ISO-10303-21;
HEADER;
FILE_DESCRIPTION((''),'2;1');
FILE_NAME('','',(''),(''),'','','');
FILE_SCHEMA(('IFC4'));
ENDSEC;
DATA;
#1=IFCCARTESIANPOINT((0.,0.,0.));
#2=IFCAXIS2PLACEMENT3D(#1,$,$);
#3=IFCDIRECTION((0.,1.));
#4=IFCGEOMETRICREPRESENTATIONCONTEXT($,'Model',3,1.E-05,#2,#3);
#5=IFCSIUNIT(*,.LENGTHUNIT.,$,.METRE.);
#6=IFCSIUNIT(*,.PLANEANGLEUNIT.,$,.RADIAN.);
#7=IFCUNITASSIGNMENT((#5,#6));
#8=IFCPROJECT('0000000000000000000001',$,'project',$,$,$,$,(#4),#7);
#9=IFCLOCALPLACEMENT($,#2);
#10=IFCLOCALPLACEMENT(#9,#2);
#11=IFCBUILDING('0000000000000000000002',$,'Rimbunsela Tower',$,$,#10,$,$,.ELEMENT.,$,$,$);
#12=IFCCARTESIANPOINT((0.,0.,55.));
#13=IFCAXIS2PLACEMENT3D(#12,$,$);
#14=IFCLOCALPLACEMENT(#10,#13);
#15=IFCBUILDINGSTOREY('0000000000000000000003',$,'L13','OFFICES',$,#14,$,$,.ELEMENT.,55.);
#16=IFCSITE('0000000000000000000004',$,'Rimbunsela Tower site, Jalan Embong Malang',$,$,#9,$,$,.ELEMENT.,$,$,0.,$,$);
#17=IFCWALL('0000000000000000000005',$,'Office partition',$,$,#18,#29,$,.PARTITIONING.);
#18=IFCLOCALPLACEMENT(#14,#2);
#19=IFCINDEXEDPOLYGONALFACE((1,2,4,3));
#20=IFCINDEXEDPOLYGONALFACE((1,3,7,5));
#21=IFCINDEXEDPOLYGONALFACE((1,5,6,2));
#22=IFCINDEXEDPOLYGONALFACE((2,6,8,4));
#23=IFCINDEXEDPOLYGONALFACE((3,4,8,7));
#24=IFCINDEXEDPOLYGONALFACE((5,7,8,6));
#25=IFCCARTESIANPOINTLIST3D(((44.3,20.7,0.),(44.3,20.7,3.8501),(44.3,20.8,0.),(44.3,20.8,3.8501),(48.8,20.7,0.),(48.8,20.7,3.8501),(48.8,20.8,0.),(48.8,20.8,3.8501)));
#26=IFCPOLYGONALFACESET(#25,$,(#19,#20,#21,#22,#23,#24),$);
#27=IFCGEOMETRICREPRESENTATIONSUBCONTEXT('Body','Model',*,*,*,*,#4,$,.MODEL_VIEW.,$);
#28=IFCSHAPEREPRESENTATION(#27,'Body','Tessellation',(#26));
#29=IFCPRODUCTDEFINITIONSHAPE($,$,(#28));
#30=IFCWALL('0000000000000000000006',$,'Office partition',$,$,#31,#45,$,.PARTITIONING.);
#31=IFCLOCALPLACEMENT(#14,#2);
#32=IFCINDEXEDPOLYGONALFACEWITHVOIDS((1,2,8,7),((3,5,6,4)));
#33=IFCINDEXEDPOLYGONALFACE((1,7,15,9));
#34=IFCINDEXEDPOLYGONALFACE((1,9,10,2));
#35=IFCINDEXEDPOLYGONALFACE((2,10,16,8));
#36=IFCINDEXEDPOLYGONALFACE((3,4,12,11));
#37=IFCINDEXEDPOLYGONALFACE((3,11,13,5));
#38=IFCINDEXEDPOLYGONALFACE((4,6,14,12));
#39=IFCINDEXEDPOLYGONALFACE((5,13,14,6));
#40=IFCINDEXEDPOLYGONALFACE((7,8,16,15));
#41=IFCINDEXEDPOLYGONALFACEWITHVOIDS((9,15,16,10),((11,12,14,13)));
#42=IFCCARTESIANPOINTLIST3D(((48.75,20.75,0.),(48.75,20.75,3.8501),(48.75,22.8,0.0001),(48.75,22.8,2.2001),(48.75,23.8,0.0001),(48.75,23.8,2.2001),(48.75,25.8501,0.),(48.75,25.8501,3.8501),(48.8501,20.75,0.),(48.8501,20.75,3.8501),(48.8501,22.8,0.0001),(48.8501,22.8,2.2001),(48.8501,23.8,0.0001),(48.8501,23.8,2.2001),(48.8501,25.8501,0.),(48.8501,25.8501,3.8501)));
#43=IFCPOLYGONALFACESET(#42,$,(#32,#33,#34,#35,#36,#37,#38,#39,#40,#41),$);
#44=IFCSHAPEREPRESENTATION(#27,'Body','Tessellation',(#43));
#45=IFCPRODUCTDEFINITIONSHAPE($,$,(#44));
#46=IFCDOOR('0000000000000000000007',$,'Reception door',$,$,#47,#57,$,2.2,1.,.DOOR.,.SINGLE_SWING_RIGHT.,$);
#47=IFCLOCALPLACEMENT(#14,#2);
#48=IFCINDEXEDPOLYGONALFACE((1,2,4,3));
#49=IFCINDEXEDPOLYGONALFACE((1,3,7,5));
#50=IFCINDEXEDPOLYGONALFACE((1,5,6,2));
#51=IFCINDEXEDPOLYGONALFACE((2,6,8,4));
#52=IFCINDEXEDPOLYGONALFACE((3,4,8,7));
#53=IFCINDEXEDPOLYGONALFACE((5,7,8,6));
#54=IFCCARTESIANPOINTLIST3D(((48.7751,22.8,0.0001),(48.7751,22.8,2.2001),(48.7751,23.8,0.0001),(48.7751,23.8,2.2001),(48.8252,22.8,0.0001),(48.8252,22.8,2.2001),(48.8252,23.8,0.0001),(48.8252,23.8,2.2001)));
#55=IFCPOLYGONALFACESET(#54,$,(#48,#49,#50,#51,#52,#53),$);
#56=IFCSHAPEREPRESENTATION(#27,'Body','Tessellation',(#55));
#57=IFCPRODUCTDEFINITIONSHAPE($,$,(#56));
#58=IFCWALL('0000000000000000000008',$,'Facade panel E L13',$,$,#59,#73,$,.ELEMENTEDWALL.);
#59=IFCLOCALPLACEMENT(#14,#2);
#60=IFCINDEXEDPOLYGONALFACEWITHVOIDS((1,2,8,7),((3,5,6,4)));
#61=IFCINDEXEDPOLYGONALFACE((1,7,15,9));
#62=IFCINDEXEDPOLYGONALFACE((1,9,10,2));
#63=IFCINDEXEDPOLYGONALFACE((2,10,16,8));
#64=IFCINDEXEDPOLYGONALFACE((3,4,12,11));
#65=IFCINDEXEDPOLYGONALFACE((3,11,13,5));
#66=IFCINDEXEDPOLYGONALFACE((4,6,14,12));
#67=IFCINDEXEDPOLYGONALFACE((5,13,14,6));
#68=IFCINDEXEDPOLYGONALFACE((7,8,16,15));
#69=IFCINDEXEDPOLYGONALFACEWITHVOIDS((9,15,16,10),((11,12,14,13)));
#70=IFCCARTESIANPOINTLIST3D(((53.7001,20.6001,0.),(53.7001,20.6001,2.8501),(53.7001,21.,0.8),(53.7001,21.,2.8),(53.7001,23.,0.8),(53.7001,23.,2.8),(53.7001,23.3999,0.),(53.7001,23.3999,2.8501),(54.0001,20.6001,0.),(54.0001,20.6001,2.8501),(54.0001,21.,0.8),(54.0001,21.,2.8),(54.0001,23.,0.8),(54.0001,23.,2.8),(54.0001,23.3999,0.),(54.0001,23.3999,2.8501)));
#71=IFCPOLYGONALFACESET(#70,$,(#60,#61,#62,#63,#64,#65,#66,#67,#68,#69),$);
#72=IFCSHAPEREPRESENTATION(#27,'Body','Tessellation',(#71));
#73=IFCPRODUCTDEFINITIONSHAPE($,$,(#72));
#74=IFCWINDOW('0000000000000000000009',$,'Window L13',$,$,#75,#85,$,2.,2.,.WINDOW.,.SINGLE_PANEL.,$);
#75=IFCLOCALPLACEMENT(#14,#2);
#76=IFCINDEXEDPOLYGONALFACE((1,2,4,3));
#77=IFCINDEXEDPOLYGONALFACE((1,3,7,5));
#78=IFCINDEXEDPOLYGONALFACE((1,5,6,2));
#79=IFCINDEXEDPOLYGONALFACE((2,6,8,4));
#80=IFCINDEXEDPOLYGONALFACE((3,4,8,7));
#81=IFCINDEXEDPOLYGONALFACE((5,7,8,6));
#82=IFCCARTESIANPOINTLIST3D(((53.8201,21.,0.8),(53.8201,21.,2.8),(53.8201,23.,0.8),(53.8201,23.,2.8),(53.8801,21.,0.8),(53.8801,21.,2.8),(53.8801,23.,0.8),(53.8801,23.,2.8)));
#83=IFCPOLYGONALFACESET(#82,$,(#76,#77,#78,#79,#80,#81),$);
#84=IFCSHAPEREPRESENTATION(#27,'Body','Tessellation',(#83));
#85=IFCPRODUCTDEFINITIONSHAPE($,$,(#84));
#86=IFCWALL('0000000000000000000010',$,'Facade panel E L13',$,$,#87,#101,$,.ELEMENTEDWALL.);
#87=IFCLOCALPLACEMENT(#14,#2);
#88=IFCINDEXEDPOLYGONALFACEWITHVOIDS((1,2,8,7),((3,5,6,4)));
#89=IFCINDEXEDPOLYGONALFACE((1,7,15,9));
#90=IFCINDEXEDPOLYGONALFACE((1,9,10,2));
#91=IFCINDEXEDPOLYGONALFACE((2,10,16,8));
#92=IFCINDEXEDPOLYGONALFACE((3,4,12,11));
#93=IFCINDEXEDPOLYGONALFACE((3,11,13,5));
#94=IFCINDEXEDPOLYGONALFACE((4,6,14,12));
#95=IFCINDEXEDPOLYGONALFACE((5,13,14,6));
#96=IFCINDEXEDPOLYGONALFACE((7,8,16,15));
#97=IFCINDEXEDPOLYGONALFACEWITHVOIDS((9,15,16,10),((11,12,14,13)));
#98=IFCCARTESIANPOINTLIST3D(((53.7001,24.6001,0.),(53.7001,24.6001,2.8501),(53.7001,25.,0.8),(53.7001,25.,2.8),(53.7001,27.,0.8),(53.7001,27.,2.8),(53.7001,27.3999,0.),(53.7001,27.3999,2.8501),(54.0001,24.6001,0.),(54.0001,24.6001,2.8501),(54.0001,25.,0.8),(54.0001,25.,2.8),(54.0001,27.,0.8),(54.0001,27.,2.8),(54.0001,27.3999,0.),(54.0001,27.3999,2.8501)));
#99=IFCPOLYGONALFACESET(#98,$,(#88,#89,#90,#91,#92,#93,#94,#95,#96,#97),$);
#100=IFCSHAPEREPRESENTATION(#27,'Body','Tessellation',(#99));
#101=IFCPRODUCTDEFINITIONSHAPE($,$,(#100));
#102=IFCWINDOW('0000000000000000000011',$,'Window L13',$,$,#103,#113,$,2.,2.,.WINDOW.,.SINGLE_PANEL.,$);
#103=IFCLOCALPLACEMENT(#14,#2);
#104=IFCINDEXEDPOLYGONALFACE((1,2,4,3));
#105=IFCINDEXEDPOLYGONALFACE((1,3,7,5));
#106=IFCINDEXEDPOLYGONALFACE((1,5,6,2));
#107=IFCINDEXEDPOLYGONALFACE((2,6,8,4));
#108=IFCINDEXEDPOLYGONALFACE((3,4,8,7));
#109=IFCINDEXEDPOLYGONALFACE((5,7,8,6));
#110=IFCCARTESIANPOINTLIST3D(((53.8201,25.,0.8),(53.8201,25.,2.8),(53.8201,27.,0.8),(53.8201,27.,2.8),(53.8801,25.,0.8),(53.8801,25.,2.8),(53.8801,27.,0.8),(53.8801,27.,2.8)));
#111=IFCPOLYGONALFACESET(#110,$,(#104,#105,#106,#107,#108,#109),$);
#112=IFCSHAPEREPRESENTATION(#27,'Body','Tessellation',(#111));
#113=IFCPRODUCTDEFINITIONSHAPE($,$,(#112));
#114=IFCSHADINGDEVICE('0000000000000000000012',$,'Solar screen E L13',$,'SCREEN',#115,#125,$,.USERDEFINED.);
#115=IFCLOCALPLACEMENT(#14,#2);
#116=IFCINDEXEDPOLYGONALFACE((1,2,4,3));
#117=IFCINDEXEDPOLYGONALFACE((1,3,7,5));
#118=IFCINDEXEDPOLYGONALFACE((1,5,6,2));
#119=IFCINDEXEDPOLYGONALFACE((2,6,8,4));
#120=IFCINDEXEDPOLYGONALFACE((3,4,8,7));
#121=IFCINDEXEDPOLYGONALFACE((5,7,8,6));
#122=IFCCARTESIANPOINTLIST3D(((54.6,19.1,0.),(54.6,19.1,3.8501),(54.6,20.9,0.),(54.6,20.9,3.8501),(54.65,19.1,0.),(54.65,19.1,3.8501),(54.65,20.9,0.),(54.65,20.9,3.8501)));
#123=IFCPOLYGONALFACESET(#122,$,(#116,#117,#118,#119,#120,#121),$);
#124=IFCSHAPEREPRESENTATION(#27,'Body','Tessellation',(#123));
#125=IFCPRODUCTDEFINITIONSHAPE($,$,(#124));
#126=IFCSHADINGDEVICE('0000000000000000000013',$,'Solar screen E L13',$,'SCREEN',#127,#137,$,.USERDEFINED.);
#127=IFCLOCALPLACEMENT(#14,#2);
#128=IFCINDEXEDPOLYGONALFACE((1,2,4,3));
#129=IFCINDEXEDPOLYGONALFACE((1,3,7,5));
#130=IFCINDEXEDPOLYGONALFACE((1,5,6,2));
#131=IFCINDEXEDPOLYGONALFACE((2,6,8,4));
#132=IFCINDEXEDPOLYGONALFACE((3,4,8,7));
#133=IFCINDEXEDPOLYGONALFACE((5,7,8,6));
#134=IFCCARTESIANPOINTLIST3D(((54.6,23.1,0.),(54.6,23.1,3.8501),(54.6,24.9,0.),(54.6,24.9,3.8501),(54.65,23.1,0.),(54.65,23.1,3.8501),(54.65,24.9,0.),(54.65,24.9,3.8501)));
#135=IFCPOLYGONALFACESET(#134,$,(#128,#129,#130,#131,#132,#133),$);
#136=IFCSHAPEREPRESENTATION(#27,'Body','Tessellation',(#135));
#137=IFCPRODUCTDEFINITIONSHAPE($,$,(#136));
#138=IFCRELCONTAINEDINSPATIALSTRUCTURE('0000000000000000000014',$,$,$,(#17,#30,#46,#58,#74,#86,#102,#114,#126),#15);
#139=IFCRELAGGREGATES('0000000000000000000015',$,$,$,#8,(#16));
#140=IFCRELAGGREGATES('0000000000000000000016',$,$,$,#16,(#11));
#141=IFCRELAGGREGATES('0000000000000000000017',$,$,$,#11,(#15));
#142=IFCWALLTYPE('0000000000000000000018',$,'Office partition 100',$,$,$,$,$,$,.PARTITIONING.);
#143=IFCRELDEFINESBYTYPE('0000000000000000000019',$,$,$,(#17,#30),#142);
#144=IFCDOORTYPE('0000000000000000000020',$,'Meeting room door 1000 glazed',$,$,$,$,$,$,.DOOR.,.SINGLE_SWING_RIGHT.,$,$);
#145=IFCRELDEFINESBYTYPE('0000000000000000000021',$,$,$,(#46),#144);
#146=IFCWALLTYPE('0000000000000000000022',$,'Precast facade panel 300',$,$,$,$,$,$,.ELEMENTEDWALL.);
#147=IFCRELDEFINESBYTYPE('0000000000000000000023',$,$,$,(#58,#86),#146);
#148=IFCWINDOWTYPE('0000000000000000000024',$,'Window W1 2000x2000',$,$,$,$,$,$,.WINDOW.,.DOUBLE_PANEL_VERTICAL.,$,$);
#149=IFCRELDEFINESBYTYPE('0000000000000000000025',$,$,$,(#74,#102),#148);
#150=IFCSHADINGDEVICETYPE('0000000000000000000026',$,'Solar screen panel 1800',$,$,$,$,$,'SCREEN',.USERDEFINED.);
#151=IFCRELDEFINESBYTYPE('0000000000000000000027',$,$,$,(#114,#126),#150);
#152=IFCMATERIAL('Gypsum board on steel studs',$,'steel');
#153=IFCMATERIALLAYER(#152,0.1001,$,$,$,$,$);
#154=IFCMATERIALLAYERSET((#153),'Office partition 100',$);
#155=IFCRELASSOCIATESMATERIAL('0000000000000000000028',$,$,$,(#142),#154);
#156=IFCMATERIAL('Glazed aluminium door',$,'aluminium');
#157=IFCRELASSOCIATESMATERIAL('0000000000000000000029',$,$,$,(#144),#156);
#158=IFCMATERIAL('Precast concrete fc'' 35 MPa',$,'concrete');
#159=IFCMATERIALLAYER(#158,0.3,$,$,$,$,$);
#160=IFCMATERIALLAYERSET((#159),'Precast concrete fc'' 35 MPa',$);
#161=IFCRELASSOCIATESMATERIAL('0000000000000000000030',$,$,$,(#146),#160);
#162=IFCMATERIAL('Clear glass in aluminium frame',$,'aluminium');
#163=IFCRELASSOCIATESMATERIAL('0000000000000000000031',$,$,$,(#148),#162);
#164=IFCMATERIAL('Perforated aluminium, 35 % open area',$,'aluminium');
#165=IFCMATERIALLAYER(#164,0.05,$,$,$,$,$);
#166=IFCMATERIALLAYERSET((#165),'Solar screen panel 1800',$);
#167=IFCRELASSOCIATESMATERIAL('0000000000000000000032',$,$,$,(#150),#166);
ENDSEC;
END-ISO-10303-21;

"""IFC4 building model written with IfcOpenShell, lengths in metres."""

from ifc_helpers import new_model, si_unit, direction, frame, frame_2d, origin, origin_2d, place, context, subcontext, project, spatial, rectangle, extrude, material, layer, layer_set, type_object, element, fill, save


model = new_model("IFC4")

# Units and contexts
model_context = context("Model", 3, precision=1e-05, world=origin(), true_north=direction((0.0, 1.0)))
body_context = subcontext(model_context, "Body", "Model", "MODEL_VIEW")
ifc_project = project(units=[si_unit("LENGTHUNIT", "METRE"), si_unit("PLANEANGLEUNIT", "RADIAN")], contexts=[model_context])

# Site, building, storey
site_placement = place(None, origin())
site = spatial("IfcSite", under=ifc_project, at=site_placement, Name="Rimbunsela Tower site, Jalan Embong Malang", CompositionType="ELEMENT", RefElevation=0.0)
building_placement = place(site_placement, origin())
building = spatial("IfcBuilding", under=site, at=building_placement, Name="Rimbunsela Tower", CompositionType="ELEMENT")
storey_placement = place(building_placement, frame((0.0, 0.0, 55.0)))
storey = spatial("IfcBuildingStorey", under=building, at=storey_placement, Name="L13", Description="OFFICES", CompositionType="ELEMENT", Elevation=55.0)

# Wall
ifc_material_1 = material(Name="Gypsum board on steel studs", Category="steel")
ifc_layer_1 = layer(ifc_material_1, 0.1001)
ifc_layer_set_1 = layer_set([ifc_layer_1], Name="Office partition 100")
wall_type_1 = type_object("IfcWallType", Name="Office partition 100", PredefinedType="PARTITIONING", material=ifc_layer_set_1)
wall_1_placement = place(storey_placement, frame((44.3, 20.75, 0.0), z_axis=(0.0, 0.0, 1.0), x_axis=(1.0, 0.0, 0.0)))
element("IfcWall", 1, at=wall_1_placement, inside=storey, type_object=wall_type_1, Name="Office partition", PredefinedType="PARTITIONING", context=body_context, shape_type="SweptSolid", body=[
    extrude(rectangle(XDim=4.5, YDim=0.1001, at=frame_2d((2.25, 0.0))), origin(), (0.0, 0.0, 1.0), 3.8501),
])

# Wall, opening, door
wall_2_placement = place(storey_placement, frame((48.8, 20.75, 0.0), z_axis=(0.0, 0.0, 1.0), x_axis=(0.0, 1.0, 0.0)))
wall_2 = element("IfcWall", 2, at=wall_2_placement, inside=storey, type_object=wall_type_1, Name="Office partition", PredefinedType="PARTITIONING", context=body_context, shape_type="SweptSolid", body=[
    extrude(rectangle(XDim=5.1001, YDim=0.1001, at=frame_2d((2.55, 0.0))), origin(), (0.0, 0.0, 1.0), 3.8501),
])
opening_1_placement = place(wall_2_placement, frame((2.05, 0.0, 0.0)))
opening_1 = element("IfcOpeningElement", 3, at=opening_1_placement, cuts=wall_2, PredefinedType="OPENING", context=body_context, shape_type="SweptSolid", body=[
    extrude(rectangle(XDim=1.0, YDim=2.2, at=frame_2d((0.5, 1.1001))), frame((0.0, 0.0601, 0.0), z_axis=(0.0, -1.0, 0.0), x_axis=(1.0, 0.0, 0.0)), (0.0, 0.0, 1.0), 0.1201),
])
ifc_material_2 = material(Name="Glazed aluminium door", Category="aluminium")
door_type = type_object("IfcDoorType", Name="Meeting room door 1000 glazed", OperationType="SINGLE_SWING_RIGHT", PredefinedType="DOOR", material=ifc_material_2)
door_placement = place(opening_1_placement, origin())
door = element("IfcDoor", 4, at=door_placement, inside=storey, type_object=door_type, Name="Reception door", OperationType="SINGLE_SWING_RIGHT", OverallHeight=2.2, OverallWidth=1.0, PredefinedType="DOOR", context=body_context, shape_type="SweptSolid", body=[
    extrude(rectangle(XDim=1.0, YDim=2.2, at=frame_2d((0.5, 1.1001))), frame((0.0, 0.0249, 0.0), z_axis=(0.0, -1.0, 0.0), x_axis=(1.0, 0.0, 0.0)), (0.0, 0.0, 1.0), 0.05),
])
fill(opening_1, door)

# Walls, openings, windows
ifc_material_3 = material(Name="Precast concrete fc' 35 MPa", Category="concrete")
ifc_layer_2 = layer(ifc_material_3, 0.3)
ifc_layer_set_2 = layer_set([ifc_layer_2], Name="Precast concrete fc' 35 MPa")
wall_type_2 = type_object("IfcWallType", Name="Precast facade panel 300", PredefinedType="ELEMENTEDWALL", material=ifc_layer_set_2)
wall_3_placement = place(storey_placement, frame((53.8501, 20.6001, 0.0), z_axis=(0.0, 0.0, 1.0), x_axis=(0.0, 1.0, 0.0)))
wall_3 = element("IfcWall", 5, at=wall_3_placement, inside=storey, type_object=wall_type_2, Name="Facade panel E L13", PredefinedType="ELEMENTEDWALL", context=body_context, shape_type="SweptSolid", body=[
    extrude(rectangle(XDim=2.7998, YDim=0.3, at=frame_2d((1.3999, 0.0))), origin(), (0.0, 0.0, 1.0), 2.8501),
])
opening_2_placement = place(wall_3_placement, frame((0.3999, 0.0, 0.8)))
opening_2 = element("IfcOpeningElement", 6, at=opening_2_placement, cuts=wall_3, PredefinedType="OPENING", context=body_context, shape_type="SweptSolid", body=[
    extrude(rectangle(XDim=2.0, YDim=2.0, at=frame_2d((1.0, 1.0))), frame((0.0, 0.1599, 0.0), z_axis=(0.0, -1.0, 0.0), x_axis=(1.0, 0.0, 0.0)), (0.0, 0.0, 1.0), 0.3201),
])
ifc_material_4 = material(Name="Clear glass in aluminium frame", Category="aluminium")
window_type = type_object("IfcWindowType", Name="Window W1 2000x2000", PartitioningType="DOUBLE_PANEL_VERTICAL", PredefinedType="WINDOW", material=ifc_material_4)
window_1_placement = place(opening_2_placement, origin())
window_1 = element("IfcWindow", 7, at=window_1_placement, inside=storey, type_object=window_type, Name="Window L13", OverallHeight=2.0, OverallWidth=2.0, PartitioningType="SINGLE_PANEL", PredefinedType="WINDOW", context=body_context, shape_type="SweptSolid", body=[
    extrude(rectangle(XDim=2.0, YDim=2.0, at=frame_2d((1.0, 1.0))), frame((0.0, 0.03, 0.0), z_axis=(0.0, -1.0, 0.0), x_axis=(1.0, 0.0, 0.0)), (0.0, 0.0, 1.0), 0.0601),
])
fill(opening_2, window_1)
wall_4_placement = place(storey_placement, frame((53.8501, 24.6001, 0.0), z_axis=(0.0, 0.0, 1.0), x_axis=(0.0, 1.0, 0.0)))
wall_4 = element("IfcWall", 8, at=wall_4_placement, inside=storey, type_object=wall_type_2, Name="Facade panel E L13", PredefinedType="ELEMENTEDWALL", context=body_context, shape_type="SweptSolid", body=[
    extrude(rectangle(XDim=2.7998, YDim=0.3, at=frame_2d((1.3999, 0.0))), origin(), (0.0, 0.0, 1.0), 2.8501),
])
opening_3_placement = place(wall_4_placement, frame((0.3999, 0.0, 0.8)))
opening_3 = element("IfcOpeningElement", 9, at=opening_3_placement, cuts=wall_4, PredefinedType="OPENING", context=body_context, shape_type="SweptSolid", body=[
    extrude(rectangle(XDim=2.0, YDim=2.0, at=frame_2d((1.0, 1.0))), frame((0.0, 0.1599, 0.0), z_axis=(0.0, -1.0, 0.0), x_axis=(1.0, 0.0, 0.0)), (0.0, 0.0, 1.0), 0.3201),
])
window_2_placement = place(opening_3_placement, origin())
window_2 = element("IfcWindow", 10, at=window_2_placement, inside=storey, type_object=window_type, Name="Window L13", OverallHeight=2.0, OverallWidth=2.0, PartitioningType="SINGLE_PANEL", PredefinedType="WINDOW", context=body_context, shape_type="SweptSolid", body=[
    extrude(rectangle(XDim=2.0, YDim=2.0, at=frame_2d((1.0, 1.0))), frame((0.0, 0.03, 0.0), z_axis=(0.0, -1.0, 0.0), x_axis=(1.0, 0.0, 0.0)), (0.0, 0.0, 1.0), 0.0601),
])
fill(opening_3, window_2)

# Shading devices
ifc_material_5 = material(Name="Perforated aluminium, 35 % open area", Category="aluminium")
ifc_layer_3 = layer(ifc_material_5, 0.05)
ifc_layer_set_3 = layer_set([ifc_layer_3], Name="Solar screen panel 1800")
shading_device_type = type_object("IfcShadingDeviceType", Name="Solar screen panel 1800", ElementType="SCREEN", PredefinedType="USERDEFINED", material=ifc_layer_set_3)
for number, where, z_axis, x_axis, name in (
    (11, (54.625, 20.0, 0.0), (0.0, 0.0, 1.0), (0.0, 1.0, 0.0), "Solar screen E L13"),
    (12, (54.625, 24.0, 0.0), (0.0, 0.0, 1.0), (0.0, 1.0, 0.0), "Solar screen E L13"),
):
    element("IfcShadingDevice", number, at=place(storey_placement, frame(where, z_axis=z_axis, x_axis=x_axis)), inside=storey, type_object=shading_device_type, Name=name, ObjectType="SCREEN", PredefinedType="USERDEFINED", context=body_context, shape_type="SweptSolid", body=[
        extrude(rectangle(XDim=1.8, YDim=0.05, at=origin_2d()), origin(), (0.0, 0.0, 1.0), 3.8501),
    ])

save(model, "model.ifc")
